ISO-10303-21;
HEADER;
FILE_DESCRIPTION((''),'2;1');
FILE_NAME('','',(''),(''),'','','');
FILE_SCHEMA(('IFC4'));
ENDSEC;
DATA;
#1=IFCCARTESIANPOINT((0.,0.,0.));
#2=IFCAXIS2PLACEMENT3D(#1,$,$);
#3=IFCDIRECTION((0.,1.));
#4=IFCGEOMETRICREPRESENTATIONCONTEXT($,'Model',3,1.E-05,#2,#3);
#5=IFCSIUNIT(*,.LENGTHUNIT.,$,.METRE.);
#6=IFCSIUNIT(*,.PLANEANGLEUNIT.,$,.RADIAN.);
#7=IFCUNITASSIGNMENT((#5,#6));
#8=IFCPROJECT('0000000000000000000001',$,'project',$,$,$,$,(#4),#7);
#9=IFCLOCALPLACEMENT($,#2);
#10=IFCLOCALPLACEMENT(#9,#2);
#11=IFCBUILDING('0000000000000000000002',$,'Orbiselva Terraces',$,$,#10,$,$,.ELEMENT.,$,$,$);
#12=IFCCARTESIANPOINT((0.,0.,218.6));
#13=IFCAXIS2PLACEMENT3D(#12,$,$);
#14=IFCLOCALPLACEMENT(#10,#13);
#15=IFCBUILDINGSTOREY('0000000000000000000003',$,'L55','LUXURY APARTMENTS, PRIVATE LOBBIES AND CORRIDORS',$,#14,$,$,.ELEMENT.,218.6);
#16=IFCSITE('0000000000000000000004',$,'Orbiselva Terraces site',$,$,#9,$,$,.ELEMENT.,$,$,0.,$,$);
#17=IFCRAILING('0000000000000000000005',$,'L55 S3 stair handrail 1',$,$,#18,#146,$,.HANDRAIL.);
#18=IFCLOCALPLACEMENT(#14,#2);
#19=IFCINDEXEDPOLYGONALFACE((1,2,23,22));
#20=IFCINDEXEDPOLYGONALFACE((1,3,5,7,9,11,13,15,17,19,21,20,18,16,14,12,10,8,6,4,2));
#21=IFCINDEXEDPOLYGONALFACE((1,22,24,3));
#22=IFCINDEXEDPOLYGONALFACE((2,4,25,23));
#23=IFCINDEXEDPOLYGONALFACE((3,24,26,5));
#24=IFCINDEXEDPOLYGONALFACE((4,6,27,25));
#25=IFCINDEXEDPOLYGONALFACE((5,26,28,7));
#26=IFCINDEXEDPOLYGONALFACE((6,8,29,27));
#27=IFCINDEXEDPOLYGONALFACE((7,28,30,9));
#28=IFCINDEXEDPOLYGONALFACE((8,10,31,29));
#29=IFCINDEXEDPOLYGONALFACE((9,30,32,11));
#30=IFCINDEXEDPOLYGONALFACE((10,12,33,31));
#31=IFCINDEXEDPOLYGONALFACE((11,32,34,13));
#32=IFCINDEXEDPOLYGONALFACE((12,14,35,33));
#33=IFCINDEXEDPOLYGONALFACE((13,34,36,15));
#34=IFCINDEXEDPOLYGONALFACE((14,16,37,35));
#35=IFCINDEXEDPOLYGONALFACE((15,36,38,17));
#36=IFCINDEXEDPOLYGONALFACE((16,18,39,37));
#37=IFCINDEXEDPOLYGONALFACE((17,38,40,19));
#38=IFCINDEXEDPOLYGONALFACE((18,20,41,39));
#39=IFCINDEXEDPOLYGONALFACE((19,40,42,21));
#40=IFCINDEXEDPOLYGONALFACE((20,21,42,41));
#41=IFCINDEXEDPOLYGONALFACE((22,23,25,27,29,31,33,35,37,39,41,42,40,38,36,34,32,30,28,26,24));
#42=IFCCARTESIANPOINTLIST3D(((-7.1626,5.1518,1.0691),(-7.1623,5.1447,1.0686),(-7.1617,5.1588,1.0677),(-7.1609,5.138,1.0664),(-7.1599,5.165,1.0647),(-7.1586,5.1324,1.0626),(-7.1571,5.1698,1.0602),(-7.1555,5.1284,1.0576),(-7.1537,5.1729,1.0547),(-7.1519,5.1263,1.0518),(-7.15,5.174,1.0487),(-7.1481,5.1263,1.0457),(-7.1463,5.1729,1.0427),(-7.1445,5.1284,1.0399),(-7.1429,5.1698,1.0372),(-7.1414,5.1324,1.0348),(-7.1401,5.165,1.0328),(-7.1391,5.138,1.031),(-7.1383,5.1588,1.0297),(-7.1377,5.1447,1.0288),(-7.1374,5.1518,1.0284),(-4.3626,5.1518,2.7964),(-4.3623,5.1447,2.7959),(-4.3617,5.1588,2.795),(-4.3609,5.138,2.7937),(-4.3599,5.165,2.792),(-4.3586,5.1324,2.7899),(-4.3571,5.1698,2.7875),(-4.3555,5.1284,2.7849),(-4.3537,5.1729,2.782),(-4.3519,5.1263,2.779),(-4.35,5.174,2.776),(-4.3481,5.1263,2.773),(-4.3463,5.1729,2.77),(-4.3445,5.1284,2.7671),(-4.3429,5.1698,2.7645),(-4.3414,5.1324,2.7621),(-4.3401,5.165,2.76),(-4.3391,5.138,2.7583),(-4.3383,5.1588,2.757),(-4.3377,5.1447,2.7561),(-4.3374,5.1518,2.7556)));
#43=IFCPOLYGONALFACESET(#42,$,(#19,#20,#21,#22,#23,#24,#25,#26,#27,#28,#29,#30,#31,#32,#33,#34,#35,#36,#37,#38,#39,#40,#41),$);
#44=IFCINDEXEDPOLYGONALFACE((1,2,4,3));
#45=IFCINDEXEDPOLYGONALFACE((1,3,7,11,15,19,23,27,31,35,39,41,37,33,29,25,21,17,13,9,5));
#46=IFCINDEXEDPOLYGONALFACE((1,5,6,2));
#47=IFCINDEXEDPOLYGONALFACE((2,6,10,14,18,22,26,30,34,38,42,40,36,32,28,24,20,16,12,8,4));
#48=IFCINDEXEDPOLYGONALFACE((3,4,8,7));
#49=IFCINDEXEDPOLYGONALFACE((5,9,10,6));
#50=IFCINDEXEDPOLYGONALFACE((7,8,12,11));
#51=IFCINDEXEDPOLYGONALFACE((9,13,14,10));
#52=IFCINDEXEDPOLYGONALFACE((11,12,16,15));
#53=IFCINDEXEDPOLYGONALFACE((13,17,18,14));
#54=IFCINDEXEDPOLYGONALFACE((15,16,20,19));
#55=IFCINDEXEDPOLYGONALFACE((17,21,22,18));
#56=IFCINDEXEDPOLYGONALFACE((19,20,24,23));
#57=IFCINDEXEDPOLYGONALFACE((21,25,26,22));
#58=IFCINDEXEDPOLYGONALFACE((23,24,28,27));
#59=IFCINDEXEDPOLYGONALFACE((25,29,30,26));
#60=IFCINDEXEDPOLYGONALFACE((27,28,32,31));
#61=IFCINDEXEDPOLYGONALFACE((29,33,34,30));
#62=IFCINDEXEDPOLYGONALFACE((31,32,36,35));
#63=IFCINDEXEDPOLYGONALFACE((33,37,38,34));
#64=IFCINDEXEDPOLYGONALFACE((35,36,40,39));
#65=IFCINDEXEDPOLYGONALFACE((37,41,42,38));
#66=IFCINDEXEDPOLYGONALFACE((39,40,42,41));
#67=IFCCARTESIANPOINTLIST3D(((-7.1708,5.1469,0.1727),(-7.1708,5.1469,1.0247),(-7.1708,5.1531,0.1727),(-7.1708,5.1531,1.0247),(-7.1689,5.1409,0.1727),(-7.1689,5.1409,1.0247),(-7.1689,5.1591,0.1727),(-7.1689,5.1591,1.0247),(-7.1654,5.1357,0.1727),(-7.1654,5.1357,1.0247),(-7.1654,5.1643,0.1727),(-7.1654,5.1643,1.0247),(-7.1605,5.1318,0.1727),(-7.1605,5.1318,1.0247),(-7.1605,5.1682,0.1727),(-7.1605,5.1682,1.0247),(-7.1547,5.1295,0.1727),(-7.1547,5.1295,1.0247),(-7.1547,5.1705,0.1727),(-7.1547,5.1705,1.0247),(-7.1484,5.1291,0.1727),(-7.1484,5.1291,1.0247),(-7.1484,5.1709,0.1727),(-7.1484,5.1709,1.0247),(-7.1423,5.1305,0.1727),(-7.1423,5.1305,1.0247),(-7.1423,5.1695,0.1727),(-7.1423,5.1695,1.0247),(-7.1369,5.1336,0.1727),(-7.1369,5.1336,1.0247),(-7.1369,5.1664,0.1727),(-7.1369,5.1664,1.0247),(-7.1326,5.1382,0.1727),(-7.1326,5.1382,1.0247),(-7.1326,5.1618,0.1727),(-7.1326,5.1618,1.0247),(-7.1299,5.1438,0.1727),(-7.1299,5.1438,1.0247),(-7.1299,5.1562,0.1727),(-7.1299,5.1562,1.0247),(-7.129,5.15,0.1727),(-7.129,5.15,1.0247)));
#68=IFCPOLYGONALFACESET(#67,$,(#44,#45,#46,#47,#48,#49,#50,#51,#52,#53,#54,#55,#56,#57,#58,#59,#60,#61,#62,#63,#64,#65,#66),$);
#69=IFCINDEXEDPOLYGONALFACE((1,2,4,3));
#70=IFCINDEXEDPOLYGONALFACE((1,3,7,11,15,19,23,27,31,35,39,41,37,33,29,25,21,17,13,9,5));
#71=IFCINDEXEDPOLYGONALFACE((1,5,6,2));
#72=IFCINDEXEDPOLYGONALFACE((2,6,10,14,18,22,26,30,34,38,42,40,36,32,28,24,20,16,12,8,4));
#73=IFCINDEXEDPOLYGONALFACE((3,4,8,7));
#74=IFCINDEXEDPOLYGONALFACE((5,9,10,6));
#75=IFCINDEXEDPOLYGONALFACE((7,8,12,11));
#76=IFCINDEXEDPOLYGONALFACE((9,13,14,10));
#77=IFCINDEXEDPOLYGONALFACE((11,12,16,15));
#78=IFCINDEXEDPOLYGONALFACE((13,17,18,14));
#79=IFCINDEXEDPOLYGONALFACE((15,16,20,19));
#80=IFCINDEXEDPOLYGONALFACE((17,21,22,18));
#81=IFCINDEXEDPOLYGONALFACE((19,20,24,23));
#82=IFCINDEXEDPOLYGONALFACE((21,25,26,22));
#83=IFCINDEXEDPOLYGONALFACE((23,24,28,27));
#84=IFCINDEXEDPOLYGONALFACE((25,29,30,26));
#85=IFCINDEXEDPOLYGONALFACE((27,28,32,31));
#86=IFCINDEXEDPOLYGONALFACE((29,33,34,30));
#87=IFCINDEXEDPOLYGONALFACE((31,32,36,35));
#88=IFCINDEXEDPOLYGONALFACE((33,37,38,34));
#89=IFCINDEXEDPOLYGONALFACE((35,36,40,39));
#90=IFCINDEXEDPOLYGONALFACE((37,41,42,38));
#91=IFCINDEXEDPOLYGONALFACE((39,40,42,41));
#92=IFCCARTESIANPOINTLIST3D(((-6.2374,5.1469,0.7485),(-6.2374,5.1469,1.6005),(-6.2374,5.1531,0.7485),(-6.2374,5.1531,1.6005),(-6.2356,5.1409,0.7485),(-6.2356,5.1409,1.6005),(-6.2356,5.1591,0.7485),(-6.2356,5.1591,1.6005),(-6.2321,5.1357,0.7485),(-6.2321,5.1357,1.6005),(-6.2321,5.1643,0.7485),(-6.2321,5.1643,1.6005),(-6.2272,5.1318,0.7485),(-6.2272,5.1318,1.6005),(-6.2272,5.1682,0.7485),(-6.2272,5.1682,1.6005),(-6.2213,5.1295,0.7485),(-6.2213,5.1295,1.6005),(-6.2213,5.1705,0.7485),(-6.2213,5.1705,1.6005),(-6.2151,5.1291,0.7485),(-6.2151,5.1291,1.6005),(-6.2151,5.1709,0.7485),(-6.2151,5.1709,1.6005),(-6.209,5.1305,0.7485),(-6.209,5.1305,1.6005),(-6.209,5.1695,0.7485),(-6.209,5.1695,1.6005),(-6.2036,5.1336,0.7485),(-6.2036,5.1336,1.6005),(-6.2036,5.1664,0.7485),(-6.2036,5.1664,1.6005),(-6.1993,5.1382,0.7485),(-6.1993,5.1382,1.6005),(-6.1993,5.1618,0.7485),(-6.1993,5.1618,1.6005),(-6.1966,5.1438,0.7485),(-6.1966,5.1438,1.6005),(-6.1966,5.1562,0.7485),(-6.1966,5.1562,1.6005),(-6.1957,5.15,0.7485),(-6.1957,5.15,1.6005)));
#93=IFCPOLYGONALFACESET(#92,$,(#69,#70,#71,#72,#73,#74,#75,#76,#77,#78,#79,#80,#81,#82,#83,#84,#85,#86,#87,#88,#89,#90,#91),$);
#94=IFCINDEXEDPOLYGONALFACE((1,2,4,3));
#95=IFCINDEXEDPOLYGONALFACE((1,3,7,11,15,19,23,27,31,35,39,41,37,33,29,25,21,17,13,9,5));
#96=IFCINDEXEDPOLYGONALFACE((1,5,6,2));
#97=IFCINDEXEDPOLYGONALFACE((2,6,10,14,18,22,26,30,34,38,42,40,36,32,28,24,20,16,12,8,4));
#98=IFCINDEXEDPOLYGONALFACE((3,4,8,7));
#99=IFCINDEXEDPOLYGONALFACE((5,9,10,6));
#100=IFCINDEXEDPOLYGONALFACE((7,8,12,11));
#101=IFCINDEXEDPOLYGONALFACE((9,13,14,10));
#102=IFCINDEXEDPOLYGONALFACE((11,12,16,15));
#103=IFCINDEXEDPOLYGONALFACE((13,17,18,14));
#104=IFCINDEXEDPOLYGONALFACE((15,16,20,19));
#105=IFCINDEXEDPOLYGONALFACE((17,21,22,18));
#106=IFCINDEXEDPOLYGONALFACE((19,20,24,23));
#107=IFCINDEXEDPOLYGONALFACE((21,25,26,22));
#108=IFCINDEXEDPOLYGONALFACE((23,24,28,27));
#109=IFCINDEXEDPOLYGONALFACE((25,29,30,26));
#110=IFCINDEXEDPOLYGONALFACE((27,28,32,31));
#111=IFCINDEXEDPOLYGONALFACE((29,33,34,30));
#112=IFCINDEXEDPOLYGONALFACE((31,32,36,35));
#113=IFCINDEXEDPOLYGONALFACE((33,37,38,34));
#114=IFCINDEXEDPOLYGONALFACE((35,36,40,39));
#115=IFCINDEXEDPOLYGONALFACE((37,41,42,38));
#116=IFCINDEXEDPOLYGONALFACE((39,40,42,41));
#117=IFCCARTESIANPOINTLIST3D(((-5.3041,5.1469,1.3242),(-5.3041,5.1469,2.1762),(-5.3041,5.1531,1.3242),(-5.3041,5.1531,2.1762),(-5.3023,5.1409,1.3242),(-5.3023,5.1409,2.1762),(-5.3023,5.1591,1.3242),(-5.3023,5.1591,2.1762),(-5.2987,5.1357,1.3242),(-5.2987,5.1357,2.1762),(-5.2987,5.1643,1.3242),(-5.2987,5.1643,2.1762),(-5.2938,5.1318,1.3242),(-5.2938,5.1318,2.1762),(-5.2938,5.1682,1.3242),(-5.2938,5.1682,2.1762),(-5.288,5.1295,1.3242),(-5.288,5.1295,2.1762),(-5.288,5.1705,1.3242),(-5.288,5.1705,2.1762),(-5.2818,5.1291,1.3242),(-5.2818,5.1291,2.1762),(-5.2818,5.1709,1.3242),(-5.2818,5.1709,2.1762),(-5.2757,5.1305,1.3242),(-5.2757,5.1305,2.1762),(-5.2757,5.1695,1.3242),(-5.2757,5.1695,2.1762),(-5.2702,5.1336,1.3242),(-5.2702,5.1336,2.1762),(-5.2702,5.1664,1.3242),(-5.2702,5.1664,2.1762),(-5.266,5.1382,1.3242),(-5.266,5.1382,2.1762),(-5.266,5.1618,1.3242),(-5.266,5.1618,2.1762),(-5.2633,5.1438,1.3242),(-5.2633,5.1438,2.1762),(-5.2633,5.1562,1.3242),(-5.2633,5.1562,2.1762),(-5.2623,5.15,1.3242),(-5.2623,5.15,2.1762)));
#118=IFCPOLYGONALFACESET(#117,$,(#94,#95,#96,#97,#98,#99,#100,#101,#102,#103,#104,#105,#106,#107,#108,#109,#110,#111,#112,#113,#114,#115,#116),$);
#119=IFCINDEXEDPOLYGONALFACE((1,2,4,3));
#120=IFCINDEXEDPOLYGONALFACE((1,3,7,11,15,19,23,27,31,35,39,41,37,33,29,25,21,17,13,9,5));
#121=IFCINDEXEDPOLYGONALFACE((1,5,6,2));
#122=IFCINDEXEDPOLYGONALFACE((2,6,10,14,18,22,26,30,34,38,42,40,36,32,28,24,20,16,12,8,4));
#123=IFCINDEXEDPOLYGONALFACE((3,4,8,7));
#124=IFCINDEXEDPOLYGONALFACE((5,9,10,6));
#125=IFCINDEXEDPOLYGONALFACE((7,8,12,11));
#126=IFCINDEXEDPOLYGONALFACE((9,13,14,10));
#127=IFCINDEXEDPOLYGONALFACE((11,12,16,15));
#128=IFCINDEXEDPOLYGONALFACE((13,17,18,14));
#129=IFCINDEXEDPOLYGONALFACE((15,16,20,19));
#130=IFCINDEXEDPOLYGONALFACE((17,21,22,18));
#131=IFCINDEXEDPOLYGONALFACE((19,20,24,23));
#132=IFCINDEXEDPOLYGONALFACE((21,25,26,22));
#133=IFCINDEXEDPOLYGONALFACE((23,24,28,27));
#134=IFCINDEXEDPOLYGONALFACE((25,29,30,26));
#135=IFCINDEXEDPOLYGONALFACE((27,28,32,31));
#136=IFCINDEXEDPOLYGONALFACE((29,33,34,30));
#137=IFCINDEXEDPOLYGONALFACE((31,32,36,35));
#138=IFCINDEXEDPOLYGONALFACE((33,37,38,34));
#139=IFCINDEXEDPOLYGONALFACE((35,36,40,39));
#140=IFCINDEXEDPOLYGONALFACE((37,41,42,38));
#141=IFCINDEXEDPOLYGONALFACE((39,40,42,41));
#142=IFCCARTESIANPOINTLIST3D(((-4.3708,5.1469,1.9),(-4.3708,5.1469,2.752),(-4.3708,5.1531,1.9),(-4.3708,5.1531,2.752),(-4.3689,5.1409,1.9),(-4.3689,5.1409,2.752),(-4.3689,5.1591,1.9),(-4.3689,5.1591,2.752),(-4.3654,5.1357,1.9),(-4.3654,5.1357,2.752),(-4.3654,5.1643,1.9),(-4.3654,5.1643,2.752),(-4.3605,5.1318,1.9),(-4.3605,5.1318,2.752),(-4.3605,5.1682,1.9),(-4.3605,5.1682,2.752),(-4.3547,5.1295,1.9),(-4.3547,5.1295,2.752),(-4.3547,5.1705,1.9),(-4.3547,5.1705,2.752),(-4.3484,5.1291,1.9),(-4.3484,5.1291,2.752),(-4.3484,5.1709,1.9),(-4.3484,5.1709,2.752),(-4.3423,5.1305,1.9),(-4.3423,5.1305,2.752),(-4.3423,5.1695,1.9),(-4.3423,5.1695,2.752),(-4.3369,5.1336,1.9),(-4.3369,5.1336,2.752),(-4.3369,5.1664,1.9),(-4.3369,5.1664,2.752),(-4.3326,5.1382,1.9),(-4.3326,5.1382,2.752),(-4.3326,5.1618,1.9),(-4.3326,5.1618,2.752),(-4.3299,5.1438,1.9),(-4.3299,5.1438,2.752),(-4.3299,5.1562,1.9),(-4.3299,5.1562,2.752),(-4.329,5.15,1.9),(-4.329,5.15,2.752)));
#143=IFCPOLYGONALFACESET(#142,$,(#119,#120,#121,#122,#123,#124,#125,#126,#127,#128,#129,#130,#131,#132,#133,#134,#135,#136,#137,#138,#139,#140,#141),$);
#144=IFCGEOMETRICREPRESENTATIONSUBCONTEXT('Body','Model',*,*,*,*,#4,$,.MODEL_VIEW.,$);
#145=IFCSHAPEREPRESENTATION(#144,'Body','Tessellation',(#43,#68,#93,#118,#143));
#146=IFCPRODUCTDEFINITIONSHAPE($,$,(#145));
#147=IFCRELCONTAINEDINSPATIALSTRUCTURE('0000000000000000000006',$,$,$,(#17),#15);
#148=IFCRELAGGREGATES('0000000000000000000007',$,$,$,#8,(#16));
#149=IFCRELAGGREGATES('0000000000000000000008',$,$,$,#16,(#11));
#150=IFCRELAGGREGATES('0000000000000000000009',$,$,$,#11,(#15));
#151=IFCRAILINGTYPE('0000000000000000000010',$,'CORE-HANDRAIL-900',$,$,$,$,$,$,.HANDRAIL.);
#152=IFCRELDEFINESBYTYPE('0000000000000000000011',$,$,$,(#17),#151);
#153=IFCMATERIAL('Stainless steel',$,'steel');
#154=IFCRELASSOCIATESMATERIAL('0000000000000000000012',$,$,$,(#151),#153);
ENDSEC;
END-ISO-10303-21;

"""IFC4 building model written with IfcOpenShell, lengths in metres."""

from ifc_helpers import new_model, si_unit, direction, frame, origin, origin_2d, place, context, subcontext, project, spatial, circle, extrude, material, type_object, element, save


model = new_model("IFC4")

# Units and contexts
model_context = context("Model", 3, precision=1e-05, world=origin(), true_north=direction((0.0, 1.0)))
body_context = subcontext(model_context, "Body", "Model", "MODEL_VIEW")
ifc_project = project(units=[si_unit("LENGTHUNIT", "METRE"), si_unit("PLANEANGLEUNIT", "RADIAN")], contexts=[model_context])

# Site, building, storey
site_placement = place(None, origin())
site = spatial("IfcSite", under=ifc_project, at=site_placement, Name="Orbiselva Terraces site", CompositionType="ELEMENT", RefElevation=0.0)
building_placement = place(site_placement, origin())
building = spatial("IfcBuilding", under=site, at=building_placement, Name="Orbiselva Terraces", CompositionType="ELEMENT")
storey_placement = place(building_placement, frame((0.0, 0.0, 218.6)))
storey = spatial("IfcBuildingStorey", under=building, at=storey_placement, Name="L55", Description="LUXURY APARTMENTS, PRIVATE LOBBIES AND CORRIDORS", CompositionType="ELEMENT", Elevation=218.6)

# Railing
ifc_material_1 = material(Name="Stainless steel", Category="steel")
railing_type_1 = type_object("IfcRailingType", Name="CORE-HANDRAIL-900", PredefinedType="HANDRAIL", material=ifc_material_1)
railing_1_placement = place(storey_placement, frame((-7.15, 5.15, 0.1727)))
element("IfcRailing", 1, at=railing_1_placement, inside=storey, type_object=railing_type_1, Name="L55 S3 stair handrail 1", PredefinedType="HANDRAIL", context=body_context, shape_type="SweptSolid", body=[
    extrude(circle(Radius=0.024, at=origin_2d()), frame((0.0, 0.0, 0.876), z_axis=(0.851089, 0.0, 0.525022), x_axis=(0.0, 1.0, 0.0)), (0.0, 0.0, 1.0), 3.2899),
    extrude(circle(Radius=0.021, at=origin_2d()), origin(), (0.0, 0.0, 1.0), 0.852),
    extrude(circle(Radius=0.021, at=origin_2d()), frame((0.9333, 0.0, 0.5758)), (0.0, 0.0, 1.0), 0.852),
    extrude(circle(Radius=0.021, at=origin_2d()), frame((1.8667, 0.0, 1.1515)), (0.0, 0.0, 1.0), 0.852),
    extrude(circle(Radius=0.021, at=origin_2d()), frame((2.8, 0.0, 1.7273)), (0.0, 0.0, 1.0), 0.852),
])

save(model, "model.ifc")
